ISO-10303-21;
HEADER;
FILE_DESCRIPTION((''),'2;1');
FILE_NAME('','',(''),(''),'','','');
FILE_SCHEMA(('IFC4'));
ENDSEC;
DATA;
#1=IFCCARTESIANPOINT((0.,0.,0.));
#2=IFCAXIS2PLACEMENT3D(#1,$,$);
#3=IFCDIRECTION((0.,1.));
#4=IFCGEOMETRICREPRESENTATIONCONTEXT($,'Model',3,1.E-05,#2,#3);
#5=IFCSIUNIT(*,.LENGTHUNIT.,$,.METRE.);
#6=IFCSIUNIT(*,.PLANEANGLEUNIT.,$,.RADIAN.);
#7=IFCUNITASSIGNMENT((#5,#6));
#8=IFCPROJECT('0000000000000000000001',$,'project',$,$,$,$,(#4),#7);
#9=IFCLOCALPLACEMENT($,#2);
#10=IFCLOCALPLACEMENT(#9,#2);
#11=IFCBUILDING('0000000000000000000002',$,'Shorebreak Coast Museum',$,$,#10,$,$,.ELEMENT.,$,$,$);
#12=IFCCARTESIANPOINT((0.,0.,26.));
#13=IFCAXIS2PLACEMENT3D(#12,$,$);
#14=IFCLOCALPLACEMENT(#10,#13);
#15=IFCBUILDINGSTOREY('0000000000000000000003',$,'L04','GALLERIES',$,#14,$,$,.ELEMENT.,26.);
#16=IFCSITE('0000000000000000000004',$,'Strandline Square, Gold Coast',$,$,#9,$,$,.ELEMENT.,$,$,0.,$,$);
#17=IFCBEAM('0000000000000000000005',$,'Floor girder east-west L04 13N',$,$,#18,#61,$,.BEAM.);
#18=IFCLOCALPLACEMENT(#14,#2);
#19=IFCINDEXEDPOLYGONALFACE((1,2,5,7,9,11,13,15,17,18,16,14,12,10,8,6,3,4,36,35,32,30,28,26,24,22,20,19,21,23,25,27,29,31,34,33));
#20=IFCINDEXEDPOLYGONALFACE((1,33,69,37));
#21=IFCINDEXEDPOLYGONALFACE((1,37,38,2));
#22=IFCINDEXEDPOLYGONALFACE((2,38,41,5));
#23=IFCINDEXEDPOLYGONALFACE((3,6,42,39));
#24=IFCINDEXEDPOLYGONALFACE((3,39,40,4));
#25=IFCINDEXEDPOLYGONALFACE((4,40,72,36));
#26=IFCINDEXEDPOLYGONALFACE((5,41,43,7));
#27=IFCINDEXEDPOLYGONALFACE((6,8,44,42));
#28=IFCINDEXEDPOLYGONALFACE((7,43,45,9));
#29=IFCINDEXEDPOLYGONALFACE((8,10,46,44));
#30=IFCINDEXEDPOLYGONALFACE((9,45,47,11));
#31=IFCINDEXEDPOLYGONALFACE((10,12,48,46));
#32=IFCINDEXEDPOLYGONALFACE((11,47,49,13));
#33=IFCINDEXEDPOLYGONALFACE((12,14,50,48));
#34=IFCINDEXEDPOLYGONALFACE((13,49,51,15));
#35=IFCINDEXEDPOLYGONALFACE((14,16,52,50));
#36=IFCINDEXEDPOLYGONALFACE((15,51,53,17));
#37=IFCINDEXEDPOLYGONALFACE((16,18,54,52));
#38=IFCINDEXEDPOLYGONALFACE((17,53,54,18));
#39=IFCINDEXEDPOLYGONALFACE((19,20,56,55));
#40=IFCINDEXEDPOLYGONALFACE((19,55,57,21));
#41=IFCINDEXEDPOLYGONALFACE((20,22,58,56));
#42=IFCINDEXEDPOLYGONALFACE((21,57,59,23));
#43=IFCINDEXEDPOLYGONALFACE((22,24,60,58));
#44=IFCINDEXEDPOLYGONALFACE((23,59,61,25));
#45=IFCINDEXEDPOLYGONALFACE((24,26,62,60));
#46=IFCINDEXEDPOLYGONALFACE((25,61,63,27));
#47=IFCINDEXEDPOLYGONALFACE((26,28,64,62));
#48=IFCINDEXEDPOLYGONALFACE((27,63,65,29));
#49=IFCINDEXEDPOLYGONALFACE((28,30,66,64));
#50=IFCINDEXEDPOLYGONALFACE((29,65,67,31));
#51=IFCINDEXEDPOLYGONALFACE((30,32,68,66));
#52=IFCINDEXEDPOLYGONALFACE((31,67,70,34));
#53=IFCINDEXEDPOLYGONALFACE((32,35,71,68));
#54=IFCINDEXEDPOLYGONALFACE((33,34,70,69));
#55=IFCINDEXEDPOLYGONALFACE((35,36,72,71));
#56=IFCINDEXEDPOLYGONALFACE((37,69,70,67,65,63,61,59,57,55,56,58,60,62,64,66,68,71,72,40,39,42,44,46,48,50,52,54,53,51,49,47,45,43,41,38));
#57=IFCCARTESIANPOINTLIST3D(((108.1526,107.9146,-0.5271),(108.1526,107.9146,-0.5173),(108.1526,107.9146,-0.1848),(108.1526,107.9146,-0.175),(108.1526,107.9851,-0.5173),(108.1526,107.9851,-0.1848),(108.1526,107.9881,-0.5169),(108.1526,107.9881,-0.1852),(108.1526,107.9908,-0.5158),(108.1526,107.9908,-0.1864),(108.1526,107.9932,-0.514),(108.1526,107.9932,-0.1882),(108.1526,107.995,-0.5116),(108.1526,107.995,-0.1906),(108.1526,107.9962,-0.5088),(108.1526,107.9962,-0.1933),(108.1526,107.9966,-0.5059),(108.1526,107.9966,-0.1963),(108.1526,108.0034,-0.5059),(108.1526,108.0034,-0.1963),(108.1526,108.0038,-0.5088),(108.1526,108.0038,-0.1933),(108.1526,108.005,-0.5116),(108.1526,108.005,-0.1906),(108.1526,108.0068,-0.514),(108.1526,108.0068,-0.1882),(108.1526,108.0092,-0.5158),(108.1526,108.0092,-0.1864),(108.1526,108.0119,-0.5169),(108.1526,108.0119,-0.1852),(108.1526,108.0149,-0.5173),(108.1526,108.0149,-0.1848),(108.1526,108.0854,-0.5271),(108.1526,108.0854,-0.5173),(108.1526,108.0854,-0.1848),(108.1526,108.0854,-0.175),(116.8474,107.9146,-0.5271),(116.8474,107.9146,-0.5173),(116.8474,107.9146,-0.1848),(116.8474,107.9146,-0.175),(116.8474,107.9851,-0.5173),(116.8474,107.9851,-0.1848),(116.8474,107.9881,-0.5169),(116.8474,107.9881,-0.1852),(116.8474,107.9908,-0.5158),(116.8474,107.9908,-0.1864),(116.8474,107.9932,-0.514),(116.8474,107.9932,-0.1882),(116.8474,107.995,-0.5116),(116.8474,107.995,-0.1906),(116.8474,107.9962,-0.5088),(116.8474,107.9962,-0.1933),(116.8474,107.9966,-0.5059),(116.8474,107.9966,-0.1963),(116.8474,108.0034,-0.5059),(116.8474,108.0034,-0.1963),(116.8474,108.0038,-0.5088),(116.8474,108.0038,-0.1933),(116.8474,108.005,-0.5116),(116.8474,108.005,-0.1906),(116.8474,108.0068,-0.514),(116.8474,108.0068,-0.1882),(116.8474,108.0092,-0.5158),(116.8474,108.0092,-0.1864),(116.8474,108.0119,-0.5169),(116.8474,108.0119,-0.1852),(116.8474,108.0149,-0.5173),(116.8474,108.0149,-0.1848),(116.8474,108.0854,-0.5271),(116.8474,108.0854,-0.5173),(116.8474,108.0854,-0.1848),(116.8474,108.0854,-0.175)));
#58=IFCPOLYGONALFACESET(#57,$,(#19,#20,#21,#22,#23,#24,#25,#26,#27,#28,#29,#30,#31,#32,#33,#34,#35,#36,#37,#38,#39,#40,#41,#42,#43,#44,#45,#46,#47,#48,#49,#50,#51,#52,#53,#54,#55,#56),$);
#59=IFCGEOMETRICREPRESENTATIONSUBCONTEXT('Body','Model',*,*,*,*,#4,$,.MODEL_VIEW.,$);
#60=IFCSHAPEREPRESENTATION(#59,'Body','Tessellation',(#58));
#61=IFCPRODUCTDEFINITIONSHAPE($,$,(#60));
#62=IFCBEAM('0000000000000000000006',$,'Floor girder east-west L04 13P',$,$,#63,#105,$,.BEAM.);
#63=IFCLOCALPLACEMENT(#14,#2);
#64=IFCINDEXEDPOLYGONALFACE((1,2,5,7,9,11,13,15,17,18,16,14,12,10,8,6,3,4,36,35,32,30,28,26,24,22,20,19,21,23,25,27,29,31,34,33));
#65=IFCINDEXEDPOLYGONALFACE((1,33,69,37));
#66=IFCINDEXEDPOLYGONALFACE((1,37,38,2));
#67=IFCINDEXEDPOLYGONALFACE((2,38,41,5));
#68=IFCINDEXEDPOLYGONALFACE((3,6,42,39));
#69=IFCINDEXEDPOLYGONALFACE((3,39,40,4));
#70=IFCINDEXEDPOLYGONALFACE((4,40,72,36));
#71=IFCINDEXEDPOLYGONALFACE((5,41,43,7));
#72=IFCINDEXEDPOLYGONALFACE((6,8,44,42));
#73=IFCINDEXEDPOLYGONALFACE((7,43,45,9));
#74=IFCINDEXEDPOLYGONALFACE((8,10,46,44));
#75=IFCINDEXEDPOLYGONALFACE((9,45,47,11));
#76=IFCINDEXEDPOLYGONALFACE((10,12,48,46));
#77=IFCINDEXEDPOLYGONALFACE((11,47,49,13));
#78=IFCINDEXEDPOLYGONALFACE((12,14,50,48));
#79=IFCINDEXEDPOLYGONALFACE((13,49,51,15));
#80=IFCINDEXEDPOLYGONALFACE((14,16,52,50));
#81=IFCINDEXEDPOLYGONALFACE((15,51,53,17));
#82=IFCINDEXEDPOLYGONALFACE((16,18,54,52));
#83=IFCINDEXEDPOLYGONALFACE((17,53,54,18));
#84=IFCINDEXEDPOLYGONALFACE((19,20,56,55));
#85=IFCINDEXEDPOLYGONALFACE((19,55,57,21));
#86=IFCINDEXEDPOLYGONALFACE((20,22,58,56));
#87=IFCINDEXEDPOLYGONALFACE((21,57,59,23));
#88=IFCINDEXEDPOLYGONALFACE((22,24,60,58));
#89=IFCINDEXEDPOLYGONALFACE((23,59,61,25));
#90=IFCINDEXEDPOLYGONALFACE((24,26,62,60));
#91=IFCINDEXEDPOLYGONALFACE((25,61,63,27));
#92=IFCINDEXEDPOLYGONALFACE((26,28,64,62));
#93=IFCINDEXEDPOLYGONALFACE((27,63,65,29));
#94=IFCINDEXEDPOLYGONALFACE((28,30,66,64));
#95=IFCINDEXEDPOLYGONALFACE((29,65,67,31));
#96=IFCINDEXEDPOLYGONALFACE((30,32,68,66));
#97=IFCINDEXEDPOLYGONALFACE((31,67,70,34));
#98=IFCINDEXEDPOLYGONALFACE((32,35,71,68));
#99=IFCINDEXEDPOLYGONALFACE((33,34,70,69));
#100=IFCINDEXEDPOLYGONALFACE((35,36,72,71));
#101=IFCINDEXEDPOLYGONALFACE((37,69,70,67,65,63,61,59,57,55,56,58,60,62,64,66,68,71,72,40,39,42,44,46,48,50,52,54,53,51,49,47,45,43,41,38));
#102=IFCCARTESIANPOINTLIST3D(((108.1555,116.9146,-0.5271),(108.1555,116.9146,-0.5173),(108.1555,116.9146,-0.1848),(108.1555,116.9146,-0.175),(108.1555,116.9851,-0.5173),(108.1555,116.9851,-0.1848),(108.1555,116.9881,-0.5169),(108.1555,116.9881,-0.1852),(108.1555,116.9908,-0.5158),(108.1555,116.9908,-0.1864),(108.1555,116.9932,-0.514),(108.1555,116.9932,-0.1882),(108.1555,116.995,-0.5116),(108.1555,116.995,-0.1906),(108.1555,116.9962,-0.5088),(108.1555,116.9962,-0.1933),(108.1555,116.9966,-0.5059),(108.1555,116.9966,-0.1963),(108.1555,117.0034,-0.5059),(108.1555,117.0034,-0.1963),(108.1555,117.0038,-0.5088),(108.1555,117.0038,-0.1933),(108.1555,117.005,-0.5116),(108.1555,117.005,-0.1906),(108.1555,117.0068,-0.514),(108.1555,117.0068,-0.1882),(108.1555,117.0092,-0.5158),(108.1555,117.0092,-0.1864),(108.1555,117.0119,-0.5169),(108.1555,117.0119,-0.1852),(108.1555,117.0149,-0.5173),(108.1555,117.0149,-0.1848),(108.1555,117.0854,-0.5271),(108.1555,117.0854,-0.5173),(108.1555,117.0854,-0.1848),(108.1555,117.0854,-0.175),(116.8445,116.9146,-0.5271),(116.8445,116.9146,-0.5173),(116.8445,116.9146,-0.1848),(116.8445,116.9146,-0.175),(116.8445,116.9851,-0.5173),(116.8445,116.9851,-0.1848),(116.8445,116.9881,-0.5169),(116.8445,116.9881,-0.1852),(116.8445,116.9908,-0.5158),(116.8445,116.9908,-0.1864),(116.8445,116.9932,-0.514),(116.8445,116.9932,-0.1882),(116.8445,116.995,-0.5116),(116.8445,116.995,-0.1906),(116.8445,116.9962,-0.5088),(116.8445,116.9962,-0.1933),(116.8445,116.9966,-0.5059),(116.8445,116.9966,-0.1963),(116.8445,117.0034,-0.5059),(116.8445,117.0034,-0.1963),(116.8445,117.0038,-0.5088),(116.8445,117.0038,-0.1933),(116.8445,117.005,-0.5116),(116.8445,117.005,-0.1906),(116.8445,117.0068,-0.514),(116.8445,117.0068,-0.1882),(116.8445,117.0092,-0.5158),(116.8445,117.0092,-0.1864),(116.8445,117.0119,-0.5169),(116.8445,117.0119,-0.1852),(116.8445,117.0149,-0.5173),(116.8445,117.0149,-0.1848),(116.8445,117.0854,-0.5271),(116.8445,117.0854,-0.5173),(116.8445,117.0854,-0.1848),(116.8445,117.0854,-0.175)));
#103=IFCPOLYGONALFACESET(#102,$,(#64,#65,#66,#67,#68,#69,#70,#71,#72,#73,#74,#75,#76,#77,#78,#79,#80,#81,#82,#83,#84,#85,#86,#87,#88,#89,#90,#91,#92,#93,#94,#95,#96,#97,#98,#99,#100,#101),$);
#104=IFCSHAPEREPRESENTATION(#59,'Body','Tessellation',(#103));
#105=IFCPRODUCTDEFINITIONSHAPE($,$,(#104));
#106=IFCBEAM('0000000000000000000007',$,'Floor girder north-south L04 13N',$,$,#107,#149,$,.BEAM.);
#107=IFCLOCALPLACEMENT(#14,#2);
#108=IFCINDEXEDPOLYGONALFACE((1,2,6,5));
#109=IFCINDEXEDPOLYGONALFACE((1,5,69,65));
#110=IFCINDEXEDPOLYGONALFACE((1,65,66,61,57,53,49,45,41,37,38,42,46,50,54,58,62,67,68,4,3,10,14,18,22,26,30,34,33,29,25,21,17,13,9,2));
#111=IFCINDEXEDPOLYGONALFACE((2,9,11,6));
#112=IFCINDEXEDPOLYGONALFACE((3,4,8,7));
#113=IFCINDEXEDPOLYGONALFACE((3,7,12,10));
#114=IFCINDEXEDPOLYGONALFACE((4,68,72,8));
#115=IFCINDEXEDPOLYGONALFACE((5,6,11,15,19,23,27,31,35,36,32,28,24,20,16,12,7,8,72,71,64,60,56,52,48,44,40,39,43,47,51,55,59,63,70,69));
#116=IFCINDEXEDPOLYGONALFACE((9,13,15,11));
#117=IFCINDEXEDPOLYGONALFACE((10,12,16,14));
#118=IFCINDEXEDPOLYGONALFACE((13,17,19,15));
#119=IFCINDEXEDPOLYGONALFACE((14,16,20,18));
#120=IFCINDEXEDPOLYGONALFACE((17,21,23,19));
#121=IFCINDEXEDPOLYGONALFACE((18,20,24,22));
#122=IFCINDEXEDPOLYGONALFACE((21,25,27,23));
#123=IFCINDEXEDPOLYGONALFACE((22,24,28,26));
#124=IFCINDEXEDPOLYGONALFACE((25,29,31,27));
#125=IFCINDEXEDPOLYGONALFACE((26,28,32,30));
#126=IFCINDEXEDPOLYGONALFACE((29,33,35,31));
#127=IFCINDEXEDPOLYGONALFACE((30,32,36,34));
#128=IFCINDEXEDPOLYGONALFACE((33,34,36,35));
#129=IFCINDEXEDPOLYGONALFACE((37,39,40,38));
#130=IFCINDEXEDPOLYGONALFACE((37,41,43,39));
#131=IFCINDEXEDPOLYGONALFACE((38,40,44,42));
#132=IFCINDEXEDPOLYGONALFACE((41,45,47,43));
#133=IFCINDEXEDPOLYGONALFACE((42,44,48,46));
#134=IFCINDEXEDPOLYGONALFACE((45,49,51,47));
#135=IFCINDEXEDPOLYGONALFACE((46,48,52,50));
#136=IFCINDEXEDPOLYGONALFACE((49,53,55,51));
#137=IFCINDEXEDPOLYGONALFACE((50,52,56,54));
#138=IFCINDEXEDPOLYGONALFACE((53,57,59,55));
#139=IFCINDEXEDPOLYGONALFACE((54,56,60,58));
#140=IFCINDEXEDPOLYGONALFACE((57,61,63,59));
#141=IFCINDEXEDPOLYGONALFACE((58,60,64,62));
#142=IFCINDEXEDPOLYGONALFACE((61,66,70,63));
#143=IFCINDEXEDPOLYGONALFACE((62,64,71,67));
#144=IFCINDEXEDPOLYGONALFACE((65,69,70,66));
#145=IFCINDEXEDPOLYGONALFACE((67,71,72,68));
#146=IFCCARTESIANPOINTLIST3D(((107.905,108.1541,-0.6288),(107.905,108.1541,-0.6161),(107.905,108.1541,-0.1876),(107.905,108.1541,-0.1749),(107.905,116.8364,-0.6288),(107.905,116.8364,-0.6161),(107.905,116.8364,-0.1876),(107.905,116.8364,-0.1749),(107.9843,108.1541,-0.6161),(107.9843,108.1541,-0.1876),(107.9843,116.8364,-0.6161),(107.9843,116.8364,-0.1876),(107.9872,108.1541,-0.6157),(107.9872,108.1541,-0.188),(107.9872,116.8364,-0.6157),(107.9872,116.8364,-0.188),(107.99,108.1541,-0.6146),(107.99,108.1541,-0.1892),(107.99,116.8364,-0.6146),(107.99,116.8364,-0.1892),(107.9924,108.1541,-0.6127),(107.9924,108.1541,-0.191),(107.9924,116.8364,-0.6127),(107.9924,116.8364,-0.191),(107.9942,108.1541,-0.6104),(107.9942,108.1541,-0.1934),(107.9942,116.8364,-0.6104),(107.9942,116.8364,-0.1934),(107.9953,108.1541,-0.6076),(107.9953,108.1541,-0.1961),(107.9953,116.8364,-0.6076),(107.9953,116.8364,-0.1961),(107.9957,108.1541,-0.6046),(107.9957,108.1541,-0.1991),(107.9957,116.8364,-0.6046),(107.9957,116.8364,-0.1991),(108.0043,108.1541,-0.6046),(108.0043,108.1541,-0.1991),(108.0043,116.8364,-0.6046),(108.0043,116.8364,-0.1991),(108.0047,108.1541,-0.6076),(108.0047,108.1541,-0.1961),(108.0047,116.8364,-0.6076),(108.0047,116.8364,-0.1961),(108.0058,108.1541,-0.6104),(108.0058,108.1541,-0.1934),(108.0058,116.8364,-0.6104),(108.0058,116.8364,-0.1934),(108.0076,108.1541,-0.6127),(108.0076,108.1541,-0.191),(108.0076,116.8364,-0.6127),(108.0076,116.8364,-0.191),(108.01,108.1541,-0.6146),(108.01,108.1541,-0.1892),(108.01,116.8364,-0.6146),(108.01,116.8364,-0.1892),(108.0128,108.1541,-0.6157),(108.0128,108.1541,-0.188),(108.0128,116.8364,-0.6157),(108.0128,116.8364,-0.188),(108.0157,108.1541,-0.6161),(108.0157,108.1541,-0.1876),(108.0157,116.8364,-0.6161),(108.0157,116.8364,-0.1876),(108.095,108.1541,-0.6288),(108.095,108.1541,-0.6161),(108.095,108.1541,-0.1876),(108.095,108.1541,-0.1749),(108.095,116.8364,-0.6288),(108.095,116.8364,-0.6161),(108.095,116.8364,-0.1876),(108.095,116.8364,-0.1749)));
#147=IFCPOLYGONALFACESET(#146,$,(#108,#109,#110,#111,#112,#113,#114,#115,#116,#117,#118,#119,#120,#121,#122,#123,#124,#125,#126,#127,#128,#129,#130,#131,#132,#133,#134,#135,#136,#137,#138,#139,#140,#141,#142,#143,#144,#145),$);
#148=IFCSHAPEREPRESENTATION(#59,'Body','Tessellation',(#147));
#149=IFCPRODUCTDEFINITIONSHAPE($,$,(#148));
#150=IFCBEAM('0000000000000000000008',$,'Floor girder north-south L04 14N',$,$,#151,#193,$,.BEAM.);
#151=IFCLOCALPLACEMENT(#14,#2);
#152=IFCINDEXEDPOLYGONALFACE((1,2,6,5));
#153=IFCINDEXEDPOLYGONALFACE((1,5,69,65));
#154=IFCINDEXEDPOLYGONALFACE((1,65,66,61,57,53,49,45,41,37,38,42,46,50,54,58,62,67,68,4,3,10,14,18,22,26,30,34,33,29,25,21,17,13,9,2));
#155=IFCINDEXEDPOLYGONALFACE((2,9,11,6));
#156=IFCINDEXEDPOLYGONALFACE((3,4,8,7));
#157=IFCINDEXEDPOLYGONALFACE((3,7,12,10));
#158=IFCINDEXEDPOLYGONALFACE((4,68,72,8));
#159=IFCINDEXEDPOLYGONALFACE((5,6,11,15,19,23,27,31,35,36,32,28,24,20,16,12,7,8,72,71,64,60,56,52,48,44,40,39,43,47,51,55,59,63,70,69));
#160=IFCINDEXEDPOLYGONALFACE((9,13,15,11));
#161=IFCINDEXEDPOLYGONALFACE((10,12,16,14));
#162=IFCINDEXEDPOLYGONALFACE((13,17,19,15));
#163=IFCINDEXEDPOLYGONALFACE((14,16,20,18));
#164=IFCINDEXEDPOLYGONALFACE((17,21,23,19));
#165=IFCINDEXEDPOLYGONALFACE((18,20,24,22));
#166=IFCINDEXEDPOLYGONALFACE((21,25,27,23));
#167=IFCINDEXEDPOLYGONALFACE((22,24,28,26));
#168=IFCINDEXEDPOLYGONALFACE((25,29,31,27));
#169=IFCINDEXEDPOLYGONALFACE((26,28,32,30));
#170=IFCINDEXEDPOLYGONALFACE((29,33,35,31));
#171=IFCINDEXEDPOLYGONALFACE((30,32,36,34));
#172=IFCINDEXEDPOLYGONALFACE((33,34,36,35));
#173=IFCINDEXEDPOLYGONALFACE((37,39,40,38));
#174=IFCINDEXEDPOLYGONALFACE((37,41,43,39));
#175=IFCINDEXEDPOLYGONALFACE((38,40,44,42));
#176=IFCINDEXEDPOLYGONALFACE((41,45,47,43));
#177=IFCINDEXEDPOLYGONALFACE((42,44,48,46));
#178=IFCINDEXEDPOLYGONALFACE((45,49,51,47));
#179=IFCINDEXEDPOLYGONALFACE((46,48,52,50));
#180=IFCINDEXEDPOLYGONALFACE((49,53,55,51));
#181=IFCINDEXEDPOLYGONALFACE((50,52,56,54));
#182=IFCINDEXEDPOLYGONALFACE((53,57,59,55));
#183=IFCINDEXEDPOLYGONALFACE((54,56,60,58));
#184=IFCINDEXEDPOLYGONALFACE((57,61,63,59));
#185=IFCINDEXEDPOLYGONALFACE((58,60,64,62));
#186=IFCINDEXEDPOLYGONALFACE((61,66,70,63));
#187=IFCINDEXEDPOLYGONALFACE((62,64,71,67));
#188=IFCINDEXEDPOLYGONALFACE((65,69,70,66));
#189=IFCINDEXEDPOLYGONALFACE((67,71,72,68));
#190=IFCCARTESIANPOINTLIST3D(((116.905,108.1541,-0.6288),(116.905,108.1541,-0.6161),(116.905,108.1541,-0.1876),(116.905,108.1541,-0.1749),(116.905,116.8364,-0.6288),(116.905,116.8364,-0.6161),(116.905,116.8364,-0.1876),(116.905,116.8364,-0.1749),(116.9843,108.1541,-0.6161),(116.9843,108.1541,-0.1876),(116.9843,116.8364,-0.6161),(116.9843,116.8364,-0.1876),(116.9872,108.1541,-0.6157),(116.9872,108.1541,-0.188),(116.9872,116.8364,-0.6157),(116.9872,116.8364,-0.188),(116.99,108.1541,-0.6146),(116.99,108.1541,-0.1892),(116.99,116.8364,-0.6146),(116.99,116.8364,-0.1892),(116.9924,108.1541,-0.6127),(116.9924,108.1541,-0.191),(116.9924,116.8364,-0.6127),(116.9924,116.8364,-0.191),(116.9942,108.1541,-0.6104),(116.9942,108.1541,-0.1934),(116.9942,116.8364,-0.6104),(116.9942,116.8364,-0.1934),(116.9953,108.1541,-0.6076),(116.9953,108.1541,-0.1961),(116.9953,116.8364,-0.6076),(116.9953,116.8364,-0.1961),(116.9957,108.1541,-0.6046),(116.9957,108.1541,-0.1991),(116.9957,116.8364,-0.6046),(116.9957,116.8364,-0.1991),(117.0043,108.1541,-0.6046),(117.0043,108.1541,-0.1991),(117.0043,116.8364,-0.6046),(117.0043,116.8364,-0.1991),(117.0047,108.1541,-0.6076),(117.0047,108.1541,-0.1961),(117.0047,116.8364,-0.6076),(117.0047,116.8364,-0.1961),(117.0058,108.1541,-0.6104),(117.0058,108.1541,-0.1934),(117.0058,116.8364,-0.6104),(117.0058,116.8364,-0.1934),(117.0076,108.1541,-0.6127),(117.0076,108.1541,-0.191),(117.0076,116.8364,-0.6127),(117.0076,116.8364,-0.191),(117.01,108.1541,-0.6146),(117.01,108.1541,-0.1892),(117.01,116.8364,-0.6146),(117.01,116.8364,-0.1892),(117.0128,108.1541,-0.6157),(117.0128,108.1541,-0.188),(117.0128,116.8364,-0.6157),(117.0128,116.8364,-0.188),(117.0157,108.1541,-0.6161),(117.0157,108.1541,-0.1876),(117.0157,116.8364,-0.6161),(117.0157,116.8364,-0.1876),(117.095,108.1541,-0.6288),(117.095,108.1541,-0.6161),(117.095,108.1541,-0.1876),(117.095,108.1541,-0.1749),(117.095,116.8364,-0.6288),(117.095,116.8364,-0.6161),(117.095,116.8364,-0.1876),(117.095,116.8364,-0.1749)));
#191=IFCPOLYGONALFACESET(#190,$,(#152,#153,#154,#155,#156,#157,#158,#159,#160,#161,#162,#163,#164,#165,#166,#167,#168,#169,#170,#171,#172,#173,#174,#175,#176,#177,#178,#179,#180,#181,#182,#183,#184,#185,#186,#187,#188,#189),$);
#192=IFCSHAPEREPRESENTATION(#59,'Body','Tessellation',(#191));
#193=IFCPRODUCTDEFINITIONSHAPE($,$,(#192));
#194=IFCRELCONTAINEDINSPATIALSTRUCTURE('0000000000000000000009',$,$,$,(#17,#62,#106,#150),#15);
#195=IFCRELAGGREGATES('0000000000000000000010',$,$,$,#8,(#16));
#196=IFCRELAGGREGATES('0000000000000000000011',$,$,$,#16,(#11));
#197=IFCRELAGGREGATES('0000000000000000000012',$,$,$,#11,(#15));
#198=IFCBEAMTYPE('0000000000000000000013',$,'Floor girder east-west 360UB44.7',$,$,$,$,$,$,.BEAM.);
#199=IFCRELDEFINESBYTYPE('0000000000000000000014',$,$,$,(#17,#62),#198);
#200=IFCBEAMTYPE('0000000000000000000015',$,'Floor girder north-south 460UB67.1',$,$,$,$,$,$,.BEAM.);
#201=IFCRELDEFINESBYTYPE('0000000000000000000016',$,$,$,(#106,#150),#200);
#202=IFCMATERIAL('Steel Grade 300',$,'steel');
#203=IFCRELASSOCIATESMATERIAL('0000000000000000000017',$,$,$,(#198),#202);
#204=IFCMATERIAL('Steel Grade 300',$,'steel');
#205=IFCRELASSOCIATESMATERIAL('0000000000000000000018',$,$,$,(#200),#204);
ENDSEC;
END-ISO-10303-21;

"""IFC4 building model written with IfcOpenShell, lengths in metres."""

from ifc_helpers import new_model, si_unit, direction, frame, origin, origin_2d, place, context, subcontext, project, spatial, i_section, extrude, material, material_profile, profile_set, type_object, element, save


model = new_model("IFC4")

# Units and contexts
model_context = context("Model", 3, precision=1e-05, world=origin(), true_north=direction((0.0, 1.0)))
body_context = subcontext(model_context, "Body", "Model", "MODEL_VIEW")
ifc_project = project(units=[si_unit("LENGTHUNIT", "METRE"), si_unit("PLANEANGLEUNIT", "RADIAN")], contexts=[model_context])

# Site, building, storey
site_placement = place(None, origin())
site = spatial("IfcSite", under=ifc_project, at=site_placement, Name="Strandline Square, Gold Coast", CompositionType="ELEMENT", RefElevation=0.0)
building_placement = place(site_placement, origin())
building = spatial("IfcBuilding", under=site, at=building_placement, Name="Shorebreak Coast Museum", CompositionType="ELEMENT")
storey_placement = place(building_placement, frame((0.0, 0.0, 26.0)))
storey = spatial("IfcBuildingStorey", under=building, at=storey_placement, Name="L04", Description="GALLERIES", CompositionType="ELEMENT", Elevation=26.0)

# Beams
ifc_material_1 = material(Name="Steel Grade 300", Category="steel")
ifc_material_profile_1 = material_profile(ifc_material_1, i_section(OverallWidth=0.1709, OverallDepth=0.3521, WebThickness=0.0068, FlangeThickness=0.0098, FilletRadius=0.0115, at=origin_2d()), Name="360UB44.7")
ifc_profile_set_1 = profile_set([ifc_material_profile_1], Name="Steel Grade 300")
beam_type_1 = type_object("IfcBeamType", Name="Floor girder east-west 360UB44.7", PredefinedType="BEAM", material=ifc_profile_set_1)
beam_1_placement = place(storey_placement, frame((108.1526, 108.0, -0.3511), z_axis=(1.0, 0.0, 0.0), x_axis=(0.0, 1.0, 0.0)))
element("IfcBeam", 1, at=beam_1_placement, inside=storey, type_object=beam_type_1, Name="Floor girder east-west L04 13N", PredefinedType="BEAM", context=body_context, shape_type="SweptSolid", body=[
    extrude(i_section(OverallWidth=0.1709, OverallDepth=0.3521, WebThickness=0.0068, FlangeThickness=0.0098, FilletRadius=0.0115, at=origin_2d()), origin(), (0.0, 0.0, 1.0), 8.6948),
])
beam_2_placement = place(storey_placement, frame((108.1555, 117.0, -0.3511), z_axis=(1.0, 0.0, 0.0), x_axis=(0.0, 1.0, 0.0)))
element("IfcBeam", 2, at=beam_2_placement, inside=storey, type_object=beam_type_1, Name="Floor girder east-west L04 13P", PredefinedType="BEAM", context=body_context, shape_type="SweptSolid", body=[
    extrude(i_section(OverallWidth=0.1709, OverallDepth=0.3521, WebThickness=0.0068, FlangeThickness=0.0098, FilletRadius=0.0115, at=origin_2d()), origin(), (0.0, 0.0, 1.0), 8.689),
])
ifc_material_2 = material(Name="Steel Grade 300", Category="steel")
ifc_material_profile_2 = material_profile(ifc_material_2, i_section(OverallWidth=0.1899, OverallDepth=0.4539, WebThickness=0.0085, FlangeThickness=0.0127, FilletRadius=0.0115, at=origin_2d()), Name="460UB67.1")
ifc_profile_set_2 = profile_set([ifc_material_profile_2], Name="Steel Grade 300")
beam_type_2 = type_object("IfcBeamType", Name="Floor girder north-south 460UB67.1", PredefinedType="BEAM", material=ifc_profile_set_2)
for number, where, z_axis, x_axis, name in (
    (3, (108.0, 108.1541, -0.4019), (0.0, 1.0, 0.0), (-1.0, 0.0, 0.0), "Floor girder north-south L04 13N"),
    (4, (117.0, 108.1541, -0.4019), (0.0, 1.0, 0.0), (-1.0, 0.0, 0.0), "Floor girder north-south L04 14N"),
):
    element("IfcBeam", number, at=place(storey_placement, frame(where, z_axis=z_axis, x_axis=x_axis)), inside=storey, type_object=beam_type_2, Name=name, PredefinedType="BEAM", context=body_context, shape_type="SweptSolid", body=[
        extrude(i_section(OverallWidth=0.1899, OverallDepth=0.4539, WebThickness=0.0085, FlangeThickness=0.0127, FilletRadius=0.0115, at=origin_2d()), origin(), (0.0, 0.0, 1.0), 8.6824),
    ])

save(model, "model.ifc")
